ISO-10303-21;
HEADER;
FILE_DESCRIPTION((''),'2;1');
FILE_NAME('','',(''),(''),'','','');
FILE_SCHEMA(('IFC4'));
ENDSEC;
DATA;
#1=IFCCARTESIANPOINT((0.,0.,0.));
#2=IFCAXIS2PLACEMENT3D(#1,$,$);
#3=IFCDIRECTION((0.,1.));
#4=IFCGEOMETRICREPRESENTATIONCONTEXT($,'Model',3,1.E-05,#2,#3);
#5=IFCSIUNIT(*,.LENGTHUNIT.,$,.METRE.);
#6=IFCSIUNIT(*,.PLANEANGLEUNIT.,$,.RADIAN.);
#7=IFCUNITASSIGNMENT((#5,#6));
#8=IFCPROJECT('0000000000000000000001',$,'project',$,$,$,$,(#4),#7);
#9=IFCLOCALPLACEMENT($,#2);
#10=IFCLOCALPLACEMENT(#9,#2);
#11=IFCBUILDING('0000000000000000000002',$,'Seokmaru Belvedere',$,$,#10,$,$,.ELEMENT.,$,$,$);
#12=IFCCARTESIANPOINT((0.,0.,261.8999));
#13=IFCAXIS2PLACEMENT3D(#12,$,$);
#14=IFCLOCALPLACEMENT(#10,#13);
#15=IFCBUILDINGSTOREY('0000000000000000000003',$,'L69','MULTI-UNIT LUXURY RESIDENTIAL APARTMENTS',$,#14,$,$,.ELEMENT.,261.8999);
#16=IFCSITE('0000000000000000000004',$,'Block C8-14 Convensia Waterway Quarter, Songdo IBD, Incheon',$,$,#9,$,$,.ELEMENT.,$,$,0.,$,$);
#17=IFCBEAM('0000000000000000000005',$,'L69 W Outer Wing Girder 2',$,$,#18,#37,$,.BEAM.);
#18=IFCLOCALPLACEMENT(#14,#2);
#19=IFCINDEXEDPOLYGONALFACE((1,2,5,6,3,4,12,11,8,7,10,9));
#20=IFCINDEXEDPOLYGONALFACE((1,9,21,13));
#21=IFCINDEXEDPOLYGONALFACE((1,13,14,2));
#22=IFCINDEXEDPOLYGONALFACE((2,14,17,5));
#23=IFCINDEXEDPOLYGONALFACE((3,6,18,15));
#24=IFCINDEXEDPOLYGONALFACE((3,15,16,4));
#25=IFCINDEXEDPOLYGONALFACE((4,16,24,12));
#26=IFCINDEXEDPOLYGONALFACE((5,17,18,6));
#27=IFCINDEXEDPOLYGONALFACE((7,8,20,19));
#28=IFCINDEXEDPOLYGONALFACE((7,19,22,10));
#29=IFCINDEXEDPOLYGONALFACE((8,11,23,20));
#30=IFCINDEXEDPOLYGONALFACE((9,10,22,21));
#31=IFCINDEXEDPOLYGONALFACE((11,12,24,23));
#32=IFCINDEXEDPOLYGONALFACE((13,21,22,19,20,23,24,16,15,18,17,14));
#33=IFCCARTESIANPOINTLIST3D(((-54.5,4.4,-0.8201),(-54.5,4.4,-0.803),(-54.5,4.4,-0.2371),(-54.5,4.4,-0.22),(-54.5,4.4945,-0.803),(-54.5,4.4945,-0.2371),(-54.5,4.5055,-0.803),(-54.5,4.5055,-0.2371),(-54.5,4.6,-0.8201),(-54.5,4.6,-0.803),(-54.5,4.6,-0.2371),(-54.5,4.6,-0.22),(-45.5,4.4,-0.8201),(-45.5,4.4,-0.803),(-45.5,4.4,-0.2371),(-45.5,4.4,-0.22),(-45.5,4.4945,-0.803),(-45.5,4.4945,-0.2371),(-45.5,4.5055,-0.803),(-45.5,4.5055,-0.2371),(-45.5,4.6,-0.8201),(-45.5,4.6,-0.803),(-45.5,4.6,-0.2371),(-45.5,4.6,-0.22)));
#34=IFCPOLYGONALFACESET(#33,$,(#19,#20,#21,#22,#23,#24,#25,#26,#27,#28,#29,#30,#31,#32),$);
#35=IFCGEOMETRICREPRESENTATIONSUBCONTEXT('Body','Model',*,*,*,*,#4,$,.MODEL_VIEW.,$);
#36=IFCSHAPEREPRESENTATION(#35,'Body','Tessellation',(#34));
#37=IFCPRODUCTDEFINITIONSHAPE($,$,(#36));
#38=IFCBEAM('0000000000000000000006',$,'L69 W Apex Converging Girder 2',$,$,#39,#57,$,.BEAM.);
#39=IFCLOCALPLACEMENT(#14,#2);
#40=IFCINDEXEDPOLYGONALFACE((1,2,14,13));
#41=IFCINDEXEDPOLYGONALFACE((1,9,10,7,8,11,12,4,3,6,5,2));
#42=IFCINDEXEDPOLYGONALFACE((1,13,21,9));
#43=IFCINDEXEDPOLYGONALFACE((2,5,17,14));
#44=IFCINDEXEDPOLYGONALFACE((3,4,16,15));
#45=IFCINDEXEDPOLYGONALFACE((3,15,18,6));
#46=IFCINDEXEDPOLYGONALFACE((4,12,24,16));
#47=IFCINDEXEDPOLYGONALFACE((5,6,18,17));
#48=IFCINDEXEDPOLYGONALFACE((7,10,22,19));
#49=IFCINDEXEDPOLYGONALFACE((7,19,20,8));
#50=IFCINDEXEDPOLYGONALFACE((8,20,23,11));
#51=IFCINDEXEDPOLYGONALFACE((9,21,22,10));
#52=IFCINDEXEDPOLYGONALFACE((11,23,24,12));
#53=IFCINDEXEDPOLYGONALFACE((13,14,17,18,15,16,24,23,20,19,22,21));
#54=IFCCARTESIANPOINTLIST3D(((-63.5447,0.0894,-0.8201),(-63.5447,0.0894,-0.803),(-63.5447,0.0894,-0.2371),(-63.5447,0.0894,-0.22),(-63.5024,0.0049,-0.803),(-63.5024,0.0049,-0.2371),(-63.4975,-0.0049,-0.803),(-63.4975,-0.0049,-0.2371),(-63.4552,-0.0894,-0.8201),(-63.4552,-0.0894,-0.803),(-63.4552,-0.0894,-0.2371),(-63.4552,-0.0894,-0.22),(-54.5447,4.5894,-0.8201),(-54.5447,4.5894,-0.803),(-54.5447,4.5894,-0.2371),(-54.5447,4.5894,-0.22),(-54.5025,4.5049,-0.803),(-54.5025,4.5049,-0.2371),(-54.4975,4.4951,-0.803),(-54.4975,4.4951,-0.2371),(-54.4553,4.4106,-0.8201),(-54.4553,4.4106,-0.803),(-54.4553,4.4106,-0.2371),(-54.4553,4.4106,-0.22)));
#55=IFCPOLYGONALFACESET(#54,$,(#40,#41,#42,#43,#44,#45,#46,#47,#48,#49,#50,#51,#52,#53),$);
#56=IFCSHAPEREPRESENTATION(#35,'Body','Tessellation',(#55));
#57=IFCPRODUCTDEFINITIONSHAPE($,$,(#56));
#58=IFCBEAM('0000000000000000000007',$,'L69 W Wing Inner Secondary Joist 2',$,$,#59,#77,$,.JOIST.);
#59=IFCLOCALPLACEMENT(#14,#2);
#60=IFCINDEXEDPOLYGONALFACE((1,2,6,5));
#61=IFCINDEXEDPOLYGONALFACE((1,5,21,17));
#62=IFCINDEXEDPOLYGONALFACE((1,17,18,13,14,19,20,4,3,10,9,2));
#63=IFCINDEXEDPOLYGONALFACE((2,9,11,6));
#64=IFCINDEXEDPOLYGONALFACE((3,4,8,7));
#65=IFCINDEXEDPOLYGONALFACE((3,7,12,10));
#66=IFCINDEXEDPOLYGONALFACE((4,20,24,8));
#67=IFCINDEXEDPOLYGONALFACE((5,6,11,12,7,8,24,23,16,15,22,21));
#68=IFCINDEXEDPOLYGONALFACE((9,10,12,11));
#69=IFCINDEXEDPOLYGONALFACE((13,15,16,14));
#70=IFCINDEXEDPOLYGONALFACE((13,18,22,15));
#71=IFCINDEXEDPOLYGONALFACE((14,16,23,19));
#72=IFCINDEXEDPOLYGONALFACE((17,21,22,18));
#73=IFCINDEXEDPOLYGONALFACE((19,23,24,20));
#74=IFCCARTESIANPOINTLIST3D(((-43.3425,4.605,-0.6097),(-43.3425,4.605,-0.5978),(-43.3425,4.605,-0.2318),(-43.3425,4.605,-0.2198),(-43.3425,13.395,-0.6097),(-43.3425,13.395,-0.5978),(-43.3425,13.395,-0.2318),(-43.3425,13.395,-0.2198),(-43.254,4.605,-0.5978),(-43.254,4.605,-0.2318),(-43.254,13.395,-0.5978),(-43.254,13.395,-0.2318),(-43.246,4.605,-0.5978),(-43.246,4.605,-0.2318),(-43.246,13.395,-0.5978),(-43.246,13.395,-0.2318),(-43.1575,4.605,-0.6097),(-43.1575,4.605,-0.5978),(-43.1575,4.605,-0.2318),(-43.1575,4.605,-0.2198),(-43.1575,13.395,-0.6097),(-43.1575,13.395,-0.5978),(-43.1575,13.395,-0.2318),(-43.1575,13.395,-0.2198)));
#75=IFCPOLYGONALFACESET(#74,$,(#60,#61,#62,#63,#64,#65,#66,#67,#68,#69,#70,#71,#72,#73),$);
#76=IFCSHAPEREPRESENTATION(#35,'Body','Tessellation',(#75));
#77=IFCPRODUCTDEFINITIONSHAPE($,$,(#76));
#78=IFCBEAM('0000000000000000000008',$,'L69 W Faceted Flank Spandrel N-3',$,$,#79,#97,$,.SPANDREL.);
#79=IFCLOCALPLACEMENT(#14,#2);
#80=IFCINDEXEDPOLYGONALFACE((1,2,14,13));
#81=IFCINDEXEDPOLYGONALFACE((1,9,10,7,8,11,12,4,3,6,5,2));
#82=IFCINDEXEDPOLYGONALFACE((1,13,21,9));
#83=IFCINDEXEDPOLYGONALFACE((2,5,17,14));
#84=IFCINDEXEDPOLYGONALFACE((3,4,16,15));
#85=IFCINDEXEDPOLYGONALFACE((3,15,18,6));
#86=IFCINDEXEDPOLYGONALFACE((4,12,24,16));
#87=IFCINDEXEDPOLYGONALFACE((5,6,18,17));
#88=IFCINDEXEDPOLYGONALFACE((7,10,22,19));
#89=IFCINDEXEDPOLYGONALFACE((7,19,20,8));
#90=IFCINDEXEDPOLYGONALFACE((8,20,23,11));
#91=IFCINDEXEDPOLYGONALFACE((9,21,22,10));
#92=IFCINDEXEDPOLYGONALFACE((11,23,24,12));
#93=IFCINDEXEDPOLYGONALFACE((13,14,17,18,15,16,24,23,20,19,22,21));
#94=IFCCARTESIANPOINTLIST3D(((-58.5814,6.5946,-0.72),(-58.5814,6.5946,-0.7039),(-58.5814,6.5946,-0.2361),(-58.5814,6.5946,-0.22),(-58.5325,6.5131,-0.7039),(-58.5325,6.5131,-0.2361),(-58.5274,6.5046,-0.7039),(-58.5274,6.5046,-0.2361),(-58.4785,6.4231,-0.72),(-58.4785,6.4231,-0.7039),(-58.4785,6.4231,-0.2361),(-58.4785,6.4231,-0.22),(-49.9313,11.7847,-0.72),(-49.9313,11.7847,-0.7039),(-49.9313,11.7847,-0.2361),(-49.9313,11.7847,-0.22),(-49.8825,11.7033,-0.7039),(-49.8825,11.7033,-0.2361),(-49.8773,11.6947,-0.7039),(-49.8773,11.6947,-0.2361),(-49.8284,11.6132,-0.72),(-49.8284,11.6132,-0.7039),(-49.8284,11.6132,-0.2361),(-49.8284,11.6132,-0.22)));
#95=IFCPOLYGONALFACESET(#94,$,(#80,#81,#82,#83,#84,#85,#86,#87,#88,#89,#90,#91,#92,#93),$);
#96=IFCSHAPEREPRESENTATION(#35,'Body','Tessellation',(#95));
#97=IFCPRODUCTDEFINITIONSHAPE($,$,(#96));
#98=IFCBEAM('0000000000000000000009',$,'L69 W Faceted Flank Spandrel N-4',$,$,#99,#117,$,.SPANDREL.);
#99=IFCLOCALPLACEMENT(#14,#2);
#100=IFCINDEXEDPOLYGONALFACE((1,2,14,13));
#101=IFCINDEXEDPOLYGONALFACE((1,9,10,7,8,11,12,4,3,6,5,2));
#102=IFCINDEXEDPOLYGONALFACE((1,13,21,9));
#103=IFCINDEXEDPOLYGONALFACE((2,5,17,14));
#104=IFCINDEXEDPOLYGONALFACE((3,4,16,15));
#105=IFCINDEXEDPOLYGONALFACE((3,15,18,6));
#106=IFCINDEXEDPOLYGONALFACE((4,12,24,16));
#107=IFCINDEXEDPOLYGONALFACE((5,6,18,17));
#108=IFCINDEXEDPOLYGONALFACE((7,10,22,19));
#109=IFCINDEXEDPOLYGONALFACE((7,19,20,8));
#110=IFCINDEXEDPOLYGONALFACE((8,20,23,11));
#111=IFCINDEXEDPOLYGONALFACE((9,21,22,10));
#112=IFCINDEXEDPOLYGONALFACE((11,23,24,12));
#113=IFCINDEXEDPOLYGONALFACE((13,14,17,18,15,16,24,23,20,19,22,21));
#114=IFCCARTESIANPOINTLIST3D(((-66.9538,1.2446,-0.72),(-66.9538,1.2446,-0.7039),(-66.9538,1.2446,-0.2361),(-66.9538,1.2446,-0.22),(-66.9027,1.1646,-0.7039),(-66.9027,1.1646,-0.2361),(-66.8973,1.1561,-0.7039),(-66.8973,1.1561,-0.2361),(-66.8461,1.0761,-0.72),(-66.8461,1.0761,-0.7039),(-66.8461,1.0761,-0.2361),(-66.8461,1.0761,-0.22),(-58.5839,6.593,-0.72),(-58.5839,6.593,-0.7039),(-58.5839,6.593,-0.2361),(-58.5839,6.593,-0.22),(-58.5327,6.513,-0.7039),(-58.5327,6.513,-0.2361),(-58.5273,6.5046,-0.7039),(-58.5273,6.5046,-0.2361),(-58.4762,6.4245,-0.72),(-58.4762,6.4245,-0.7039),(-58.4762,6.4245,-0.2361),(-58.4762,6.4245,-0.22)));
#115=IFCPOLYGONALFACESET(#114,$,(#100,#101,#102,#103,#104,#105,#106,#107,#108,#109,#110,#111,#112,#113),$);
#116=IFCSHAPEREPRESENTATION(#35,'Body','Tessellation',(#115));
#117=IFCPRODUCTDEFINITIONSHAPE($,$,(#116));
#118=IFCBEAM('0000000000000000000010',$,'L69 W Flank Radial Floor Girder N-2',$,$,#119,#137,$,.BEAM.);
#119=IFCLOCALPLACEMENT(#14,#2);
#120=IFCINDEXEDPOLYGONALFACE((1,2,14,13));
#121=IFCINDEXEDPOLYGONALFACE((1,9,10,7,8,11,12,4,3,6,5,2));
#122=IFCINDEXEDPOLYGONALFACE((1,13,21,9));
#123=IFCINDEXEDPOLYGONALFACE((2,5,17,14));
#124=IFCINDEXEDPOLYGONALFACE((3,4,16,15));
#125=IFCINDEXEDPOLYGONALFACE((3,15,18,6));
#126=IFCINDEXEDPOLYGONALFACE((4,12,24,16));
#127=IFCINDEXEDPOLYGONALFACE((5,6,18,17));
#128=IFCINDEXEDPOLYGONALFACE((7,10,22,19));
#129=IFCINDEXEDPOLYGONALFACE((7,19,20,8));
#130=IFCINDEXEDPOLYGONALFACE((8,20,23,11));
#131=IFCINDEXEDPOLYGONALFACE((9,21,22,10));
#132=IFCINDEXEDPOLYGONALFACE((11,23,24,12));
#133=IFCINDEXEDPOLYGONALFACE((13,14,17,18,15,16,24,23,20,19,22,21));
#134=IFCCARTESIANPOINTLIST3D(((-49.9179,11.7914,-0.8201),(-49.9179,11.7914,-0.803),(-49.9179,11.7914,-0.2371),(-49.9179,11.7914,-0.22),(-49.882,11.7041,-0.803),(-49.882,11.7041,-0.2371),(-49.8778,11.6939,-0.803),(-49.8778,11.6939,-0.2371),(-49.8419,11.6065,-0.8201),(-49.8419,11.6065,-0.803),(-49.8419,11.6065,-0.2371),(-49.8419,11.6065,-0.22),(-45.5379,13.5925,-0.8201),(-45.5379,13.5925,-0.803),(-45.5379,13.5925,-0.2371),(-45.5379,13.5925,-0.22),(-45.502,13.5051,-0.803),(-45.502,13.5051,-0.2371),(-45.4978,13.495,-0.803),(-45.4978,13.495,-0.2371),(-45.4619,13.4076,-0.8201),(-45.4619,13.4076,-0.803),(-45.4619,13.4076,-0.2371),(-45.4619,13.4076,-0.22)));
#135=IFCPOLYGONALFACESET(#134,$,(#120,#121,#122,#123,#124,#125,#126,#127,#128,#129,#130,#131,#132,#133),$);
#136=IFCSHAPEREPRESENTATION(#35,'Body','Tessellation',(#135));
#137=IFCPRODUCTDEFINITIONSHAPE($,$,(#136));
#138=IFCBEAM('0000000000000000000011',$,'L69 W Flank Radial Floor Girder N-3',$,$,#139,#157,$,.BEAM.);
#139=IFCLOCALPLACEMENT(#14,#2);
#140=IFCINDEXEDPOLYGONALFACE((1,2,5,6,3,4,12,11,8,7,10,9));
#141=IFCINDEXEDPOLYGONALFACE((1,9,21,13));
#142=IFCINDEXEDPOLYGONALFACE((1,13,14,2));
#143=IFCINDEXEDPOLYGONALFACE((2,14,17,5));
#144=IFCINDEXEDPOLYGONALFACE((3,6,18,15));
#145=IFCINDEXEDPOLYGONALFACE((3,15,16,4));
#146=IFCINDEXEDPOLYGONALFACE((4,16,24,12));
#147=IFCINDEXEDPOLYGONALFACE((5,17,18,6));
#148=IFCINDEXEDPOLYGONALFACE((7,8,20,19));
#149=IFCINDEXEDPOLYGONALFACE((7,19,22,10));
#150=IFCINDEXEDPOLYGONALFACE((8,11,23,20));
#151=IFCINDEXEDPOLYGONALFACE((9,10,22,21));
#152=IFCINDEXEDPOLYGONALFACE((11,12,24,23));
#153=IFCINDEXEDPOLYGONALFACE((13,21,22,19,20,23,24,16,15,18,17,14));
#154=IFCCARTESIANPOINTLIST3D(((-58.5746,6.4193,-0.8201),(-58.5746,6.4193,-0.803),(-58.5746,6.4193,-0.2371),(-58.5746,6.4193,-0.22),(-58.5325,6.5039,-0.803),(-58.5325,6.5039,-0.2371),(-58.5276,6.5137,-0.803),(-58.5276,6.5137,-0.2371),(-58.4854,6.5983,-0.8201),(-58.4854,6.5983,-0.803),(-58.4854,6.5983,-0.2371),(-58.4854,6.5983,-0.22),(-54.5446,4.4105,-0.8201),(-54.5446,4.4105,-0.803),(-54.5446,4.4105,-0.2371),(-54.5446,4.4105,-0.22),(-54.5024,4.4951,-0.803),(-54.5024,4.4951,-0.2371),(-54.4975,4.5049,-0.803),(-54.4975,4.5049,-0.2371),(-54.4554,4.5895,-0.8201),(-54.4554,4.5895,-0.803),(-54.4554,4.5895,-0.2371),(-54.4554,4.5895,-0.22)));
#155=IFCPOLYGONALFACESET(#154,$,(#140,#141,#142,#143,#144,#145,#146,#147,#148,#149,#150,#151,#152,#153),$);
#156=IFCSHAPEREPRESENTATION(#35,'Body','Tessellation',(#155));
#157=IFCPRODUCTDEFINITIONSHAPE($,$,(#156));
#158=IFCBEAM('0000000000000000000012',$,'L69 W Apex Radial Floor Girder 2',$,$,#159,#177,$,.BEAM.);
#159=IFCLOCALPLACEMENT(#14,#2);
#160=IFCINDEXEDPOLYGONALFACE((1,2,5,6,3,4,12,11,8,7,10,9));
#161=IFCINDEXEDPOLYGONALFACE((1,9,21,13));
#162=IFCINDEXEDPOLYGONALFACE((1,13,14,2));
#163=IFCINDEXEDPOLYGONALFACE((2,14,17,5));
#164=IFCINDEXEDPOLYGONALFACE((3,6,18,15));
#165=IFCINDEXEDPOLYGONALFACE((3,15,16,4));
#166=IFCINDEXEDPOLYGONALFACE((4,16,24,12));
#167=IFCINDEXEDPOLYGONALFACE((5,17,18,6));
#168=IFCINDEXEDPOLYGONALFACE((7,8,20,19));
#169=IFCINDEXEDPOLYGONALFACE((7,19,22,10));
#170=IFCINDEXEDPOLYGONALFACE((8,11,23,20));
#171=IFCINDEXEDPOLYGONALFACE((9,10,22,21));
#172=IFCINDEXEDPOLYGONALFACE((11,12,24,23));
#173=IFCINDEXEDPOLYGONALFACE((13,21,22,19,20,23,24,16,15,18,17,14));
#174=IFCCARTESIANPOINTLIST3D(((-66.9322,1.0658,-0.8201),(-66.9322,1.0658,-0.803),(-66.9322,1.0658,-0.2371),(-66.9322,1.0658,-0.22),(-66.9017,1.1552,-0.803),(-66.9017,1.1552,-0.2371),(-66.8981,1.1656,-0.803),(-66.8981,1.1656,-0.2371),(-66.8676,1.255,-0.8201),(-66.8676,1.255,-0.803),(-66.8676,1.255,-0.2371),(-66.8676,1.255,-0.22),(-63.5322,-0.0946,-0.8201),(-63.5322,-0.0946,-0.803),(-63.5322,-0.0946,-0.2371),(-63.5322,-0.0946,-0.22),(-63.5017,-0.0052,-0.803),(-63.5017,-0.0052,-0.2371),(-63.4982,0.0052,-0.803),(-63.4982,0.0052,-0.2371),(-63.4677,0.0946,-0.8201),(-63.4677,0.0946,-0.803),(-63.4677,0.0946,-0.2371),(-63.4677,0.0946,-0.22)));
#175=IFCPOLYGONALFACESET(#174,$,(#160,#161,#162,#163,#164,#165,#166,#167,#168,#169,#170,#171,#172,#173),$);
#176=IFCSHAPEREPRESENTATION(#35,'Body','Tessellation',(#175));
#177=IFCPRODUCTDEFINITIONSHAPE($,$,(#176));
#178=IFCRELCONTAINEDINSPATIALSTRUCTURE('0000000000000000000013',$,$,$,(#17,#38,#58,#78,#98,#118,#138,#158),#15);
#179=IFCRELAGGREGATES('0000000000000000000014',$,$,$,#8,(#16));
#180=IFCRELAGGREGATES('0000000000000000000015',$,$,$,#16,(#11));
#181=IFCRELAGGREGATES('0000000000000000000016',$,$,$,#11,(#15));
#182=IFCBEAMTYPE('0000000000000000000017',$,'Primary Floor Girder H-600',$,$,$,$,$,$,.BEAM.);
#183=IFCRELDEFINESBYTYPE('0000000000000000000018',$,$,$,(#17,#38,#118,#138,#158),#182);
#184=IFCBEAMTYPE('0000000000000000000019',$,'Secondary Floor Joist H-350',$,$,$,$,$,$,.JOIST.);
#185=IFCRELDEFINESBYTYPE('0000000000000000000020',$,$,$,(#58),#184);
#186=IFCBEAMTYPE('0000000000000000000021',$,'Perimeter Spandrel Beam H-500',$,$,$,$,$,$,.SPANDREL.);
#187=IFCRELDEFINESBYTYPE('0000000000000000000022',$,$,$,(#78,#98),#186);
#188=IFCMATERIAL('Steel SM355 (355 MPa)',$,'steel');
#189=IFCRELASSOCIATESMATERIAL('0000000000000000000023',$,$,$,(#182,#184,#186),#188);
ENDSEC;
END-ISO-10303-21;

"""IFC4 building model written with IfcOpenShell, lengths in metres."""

from ifc_helpers import new_model, si_unit, direction, frame, origin, origin_2d, place, context, subcontext, project, spatial, i_section, extrude, source, transform, mapped, material, material_profile, profile_set, type_object, type_shapes, element, save


model = new_model("IFC4")

# Units and contexts
model_context = context("Model", 3, precision=1e-05, world=origin(), true_north=direction((0.0, 1.0)))
body_context = subcontext(model_context, "Body", "Model", "MODEL_VIEW")
ifc_project = project(units=[si_unit("LENGTHUNIT", "METRE"), si_unit("PLANEANGLEUNIT", "RADIAN")], contexts=[model_context])

# Site, building, storey
site_placement = place(None, origin())
site = spatial("IfcSite", under=ifc_project, at=site_placement, Name="Block C8-14 Convensia Waterway Quarter, Songdo IBD, Incheon", CompositionType="ELEMENT", RefElevation=0.0)
building_placement = place(site_placement, origin())
building = spatial("IfcBuilding", under=site, at=building_placement, Name="Seokmaru Belvedere", CompositionType="ELEMENT")
storey_placement = place(building_placement, frame((0.0, 0.0, 261.8999)))
storey = spatial("IfcBuildingStorey", under=building, at=storey_placement, Name="L69", Description="MULTI-UNIT LUXURY RESIDENTIAL APARTMENTS", CompositionType="ELEMENT", Elevation=261.8999)

# Shared definitions
ifc_material_1 = material(Name="Steel SM355 (355 MPa)", Category="steel")

# Beams
ifc_material_profile_1 = material_profile(ifc_material_1, i_section(OverallWidth=0.2, OverallDepth=0.6001, WebThickness=0.011, FlangeThickness=0.0171, at=origin_2d()), Name="H-600x200x11x17")
ifc_profile_set_1 = profile_set([ifc_material_profile_1], Name="Steel SM355 (355 MPa)")
beam_type_1 = type_object("IfcBeamType", Name="Primary Floor Girder H-600", PredefinedType="BEAM", material=ifc_profile_set_1)
shared_shape_1 = source(origin(), body_context, "Body", "SweptSolid", [
    extrude(i_section(OverallWidth=0.2, OverallDepth=0.6001, WebThickness=0.011, FlangeThickness=0.0171, at=origin_2d()), origin(), (0.0, 0.0, 1.0), 9.0),
])
for number, where, z_axis, x_axis, name in (
    (1, (-54.5, 4.5, -0.52), (1.0, 0.0, 0.0), (0.0, 1.0, 0.0), "L69 W Outer Wing Girder 2"),
):
    element("IfcBeam", number, at=place(storey_placement, frame(where, z_axis=z_axis, x_axis=x_axis)), inside=storey, type_object=beam_type_1, Name=name, PredefinedType="BEAM", context=body_context, shape_type="MappedRepresentation", body=[
        mapped(shared_shape_1, transform((0.0, 0.0, 0.0), scale=1.0)),
    ])
shared_shape_2 = source(origin(), body_context, "Body", "SweptSolid", [
    extrude(i_section(OverallWidth=0.2, OverallDepth=0.6001, WebThickness=0.011, FlangeThickness=0.0171, at=origin_2d()), origin(), (0.0, 0.0, 1.0), 10.0623),
])
beam_1_placement = place(storey_placement, frame((-54.5, 4.5, -0.52), z_axis=(-0.894427, -0.447214, 0.0), x_axis=(0.447214, -0.894427, 0.0)))
element("IfcBeam", 2, at=beam_1_placement, inside=storey, type_object=beam_type_1, Name="L69 W Apex Converging Girder 2", PredefinedType="BEAM", context=body_context, shape_type="MappedRepresentation", body=[
    mapped(shared_shape_2, transform((0.0, 0.0, 0.0), scale=1.0)),
])
ifc_material_profile_2 = material_profile(ifc_material_1, i_section(OverallWidth=0.1851, OverallDepth=0.3899, WebThickness=0.0081, FlangeThickness=0.012, at=origin_2d()), Name="H-390x185x8x12")
ifc_profile_set_2 = profile_set([ifc_material_profile_2], Name="Steel SM355 (355 MPa)")
beam_type_2 = type_object("IfcBeamType", Name="Secondary Floor Joist H-350", PredefinedType="JOIST", material=ifc_profile_set_2)
shared_shape_3 = source(origin(), body_context, "Body", "SweptSolid", [
    extrude(i_section(OverallWidth=0.1851, OverallDepth=0.3899, WebThickness=0.0081, FlangeThickness=0.012, at=origin_2d()), origin(), (0.0, 0.0, 1.0), 8.79),
])
type_shapes(beam_type_2, [shared_shape_3])
beam_2_placement = place(storey_placement, frame((-43.25, 4.605, -0.4148), z_axis=(0.0, 1.0, 0.0), x_axis=(-1.0, 0.0, 0.0)))
element("IfcBeam", 3, at=beam_2_placement, inside=storey, type_object=beam_type_2, Name="L69 W Wing Inner Secondary Joist 2", PredefinedType="JOIST", context=body_context, shape_type="MappedRepresentation", body=[
    mapped(shared_shape_3, transform((0.0, 0.0, 0.0), scale=1.0)),
])
ifc_material_profile_3 = material_profile(ifc_material_1, i_section(OverallWidth=0.2, OverallDepth=0.5, WebThickness=0.01, FlangeThickness=0.0161, at=origin_2d()), Name="H-500x200x10x16")
ifc_profile_set_3 = profile_set([ifc_material_profile_3], Name="Steel SM355 (355 MPa)")
beam_type_3 = type_object("IfcBeamType", Name="Perimeter Spandrel Beam H-500", PredefinedType="SPANDREL", material=ifc_profile_set_3)
shared_shape_4 = source(origin(), body_context, "Body", "SweptSolid", [
    extrude(i_section(OverallWidth=0.2, OverallDepth=0.5, WebThickness=0.01, FlangeThickness=0.0161, at=origin_2d()), origin(), (0.0, 0.0, 1.0), 10.0876),
])
beam_3_placement = place(storey_placement, frame((-49.8799, 11.699, -0.47), z_axis=(-0.857489, -0.514503, 0.0), x_axis=(0.514503, -0.857489, 0.0)))
element("IfcBeam", 4, at=beam_3_placement, inside=storey, type_object=beam_type_3, Name="L69 W Faceted Flank Spandrel N-3", PredefinedType="SPANDREL", context=body_context, shape_type="MappedRepresentation", body=[
    mapped(shared_shape_4, transform((0.0, 0.0, 0.0), scale=1.0)),
])
shared_shape_5 = source(origin(), body_context, "Body", "SweptSolid", [
    extrude(i_section(OverallWidth=0.2, OverallDepth=0.5, WebThickness=0.01, FlangeThickness=0.0161, at=origin_2d()), origin(), (0.0, 0.0, 1.0), 9.9329),
])
type_shapes(beam_type_3, [shared_shape_4, shared_shape_5])
beam_4_placement = place(storey_placement, frame((-58.53, 6.5088, -0.47), z_axis=(-0.842652, -0.538459, 0.0), x_axis=(0.538459, -0.842652, 0.0)))
element("IfcBeam", 5, at=beam_4_placement, inside=storey, type_object=beam_type_3, Name="L69 W Faceted Flank Spandrel N-4", PredefinedType="SPANDREL", context=body_context, shape_type="MappedRepresentation", body=[
    mapped(shared_shape_5, transform((0.0, 0.0, 0.0), scale=1.0)),
])
shared_shape_6 = source(origin(), body_context, "Body", "SweptSolid", [
    extrude(i_section(OverallWidth=0.2, OverallDepth=0.6001, WebThickness=0.011, FlangeThickness=0.0171, at=origin_2d()), origin(), (0.0, 0.0, 1.0), 4.7358),
])
beam_5_placement = place(storey_placement, frame((-49.8799, 11.699, -0.52), z_axis=(0.924861, 0.380306, 0.0), x_axis=(-0.380306, 0.924861, 0.0)))
element("IfcBeam", 6, at=beam_5_placement, inside=storey, type_object=beam_type_1, Name="L69 W Flank Radial Floor Girder N-2", PredefinedType="BEAM", context=body_context, shape_type="MappedRepresentation", body=[
    mapped(shared_shape_6, transform((0.0, 0.0, 0.0), scale=1.0)),
])
shared_shape_7 = source(origin(), body_context, "Body", "SweptSolid", [
    extrude(i_section(OverallWidth=0.2, OverallDepth=0.6001, WebThickness=0.011, FlangeThickness=0.0171, at=origin_2d()), origin(), (0.0, 0.0, 1.0), 4.5029),
])
beam_6_placement = place(storey_placement, frame((-58.53, 6.5088, -0.52), z_axis=(0.89498, -0.446107, 0.0), x_axis=(0.446107, 0.89498, 0.0)))
element("IfcBeam", 7, at=beam_6_placement, inside=storey, type_object=beam_type_1, Name="L69 W Flank Radial Floor Girder N-3", PredefinedType="BEAM", context=body_context, shape_type="MappedRepresentation", body=[
    mapped(shared_shape_7, transform((0.0, 0.0, 0.0), scale=1.0)),
])
shared_shape_8 = source(origin(), body_context, "Body", "SweptSolid", [
    extrude(i_section(OverallWidth=0.2, OverallDepth=0.6001, WebThickness=0.011, FlangeThickness=0.0171, at=origin_2d()), origin(), (0.0, 0.0, 1.0), 3.5925),
])
type_shapes(beam_type_1, [shared_shape_1, shared_shape_2, shared_shape_6, shared_shape_7, shared_shape_8])
beam_7_placement = place(storey_placement, frame((-66.8999, 1.1604, -0.52), z_axis=(0.946396, -0.323009, 0.0), x_axis=(0.323009, 0.946396, 0.0)))
element("IfcBeam", 8, at=beam_7_placement, inside=storey, type_object=beam_type_1, Name="L69 W Apex Radial Floor Girder 2", PredefinedType="BEAM", context=body_context, shape_type="MappedRepresentation", body=[
    mapped(shared_shape_8, transform((0.0, 0.0, 0.0), scale=1.0)),
])

save(model, "model.ifc")
